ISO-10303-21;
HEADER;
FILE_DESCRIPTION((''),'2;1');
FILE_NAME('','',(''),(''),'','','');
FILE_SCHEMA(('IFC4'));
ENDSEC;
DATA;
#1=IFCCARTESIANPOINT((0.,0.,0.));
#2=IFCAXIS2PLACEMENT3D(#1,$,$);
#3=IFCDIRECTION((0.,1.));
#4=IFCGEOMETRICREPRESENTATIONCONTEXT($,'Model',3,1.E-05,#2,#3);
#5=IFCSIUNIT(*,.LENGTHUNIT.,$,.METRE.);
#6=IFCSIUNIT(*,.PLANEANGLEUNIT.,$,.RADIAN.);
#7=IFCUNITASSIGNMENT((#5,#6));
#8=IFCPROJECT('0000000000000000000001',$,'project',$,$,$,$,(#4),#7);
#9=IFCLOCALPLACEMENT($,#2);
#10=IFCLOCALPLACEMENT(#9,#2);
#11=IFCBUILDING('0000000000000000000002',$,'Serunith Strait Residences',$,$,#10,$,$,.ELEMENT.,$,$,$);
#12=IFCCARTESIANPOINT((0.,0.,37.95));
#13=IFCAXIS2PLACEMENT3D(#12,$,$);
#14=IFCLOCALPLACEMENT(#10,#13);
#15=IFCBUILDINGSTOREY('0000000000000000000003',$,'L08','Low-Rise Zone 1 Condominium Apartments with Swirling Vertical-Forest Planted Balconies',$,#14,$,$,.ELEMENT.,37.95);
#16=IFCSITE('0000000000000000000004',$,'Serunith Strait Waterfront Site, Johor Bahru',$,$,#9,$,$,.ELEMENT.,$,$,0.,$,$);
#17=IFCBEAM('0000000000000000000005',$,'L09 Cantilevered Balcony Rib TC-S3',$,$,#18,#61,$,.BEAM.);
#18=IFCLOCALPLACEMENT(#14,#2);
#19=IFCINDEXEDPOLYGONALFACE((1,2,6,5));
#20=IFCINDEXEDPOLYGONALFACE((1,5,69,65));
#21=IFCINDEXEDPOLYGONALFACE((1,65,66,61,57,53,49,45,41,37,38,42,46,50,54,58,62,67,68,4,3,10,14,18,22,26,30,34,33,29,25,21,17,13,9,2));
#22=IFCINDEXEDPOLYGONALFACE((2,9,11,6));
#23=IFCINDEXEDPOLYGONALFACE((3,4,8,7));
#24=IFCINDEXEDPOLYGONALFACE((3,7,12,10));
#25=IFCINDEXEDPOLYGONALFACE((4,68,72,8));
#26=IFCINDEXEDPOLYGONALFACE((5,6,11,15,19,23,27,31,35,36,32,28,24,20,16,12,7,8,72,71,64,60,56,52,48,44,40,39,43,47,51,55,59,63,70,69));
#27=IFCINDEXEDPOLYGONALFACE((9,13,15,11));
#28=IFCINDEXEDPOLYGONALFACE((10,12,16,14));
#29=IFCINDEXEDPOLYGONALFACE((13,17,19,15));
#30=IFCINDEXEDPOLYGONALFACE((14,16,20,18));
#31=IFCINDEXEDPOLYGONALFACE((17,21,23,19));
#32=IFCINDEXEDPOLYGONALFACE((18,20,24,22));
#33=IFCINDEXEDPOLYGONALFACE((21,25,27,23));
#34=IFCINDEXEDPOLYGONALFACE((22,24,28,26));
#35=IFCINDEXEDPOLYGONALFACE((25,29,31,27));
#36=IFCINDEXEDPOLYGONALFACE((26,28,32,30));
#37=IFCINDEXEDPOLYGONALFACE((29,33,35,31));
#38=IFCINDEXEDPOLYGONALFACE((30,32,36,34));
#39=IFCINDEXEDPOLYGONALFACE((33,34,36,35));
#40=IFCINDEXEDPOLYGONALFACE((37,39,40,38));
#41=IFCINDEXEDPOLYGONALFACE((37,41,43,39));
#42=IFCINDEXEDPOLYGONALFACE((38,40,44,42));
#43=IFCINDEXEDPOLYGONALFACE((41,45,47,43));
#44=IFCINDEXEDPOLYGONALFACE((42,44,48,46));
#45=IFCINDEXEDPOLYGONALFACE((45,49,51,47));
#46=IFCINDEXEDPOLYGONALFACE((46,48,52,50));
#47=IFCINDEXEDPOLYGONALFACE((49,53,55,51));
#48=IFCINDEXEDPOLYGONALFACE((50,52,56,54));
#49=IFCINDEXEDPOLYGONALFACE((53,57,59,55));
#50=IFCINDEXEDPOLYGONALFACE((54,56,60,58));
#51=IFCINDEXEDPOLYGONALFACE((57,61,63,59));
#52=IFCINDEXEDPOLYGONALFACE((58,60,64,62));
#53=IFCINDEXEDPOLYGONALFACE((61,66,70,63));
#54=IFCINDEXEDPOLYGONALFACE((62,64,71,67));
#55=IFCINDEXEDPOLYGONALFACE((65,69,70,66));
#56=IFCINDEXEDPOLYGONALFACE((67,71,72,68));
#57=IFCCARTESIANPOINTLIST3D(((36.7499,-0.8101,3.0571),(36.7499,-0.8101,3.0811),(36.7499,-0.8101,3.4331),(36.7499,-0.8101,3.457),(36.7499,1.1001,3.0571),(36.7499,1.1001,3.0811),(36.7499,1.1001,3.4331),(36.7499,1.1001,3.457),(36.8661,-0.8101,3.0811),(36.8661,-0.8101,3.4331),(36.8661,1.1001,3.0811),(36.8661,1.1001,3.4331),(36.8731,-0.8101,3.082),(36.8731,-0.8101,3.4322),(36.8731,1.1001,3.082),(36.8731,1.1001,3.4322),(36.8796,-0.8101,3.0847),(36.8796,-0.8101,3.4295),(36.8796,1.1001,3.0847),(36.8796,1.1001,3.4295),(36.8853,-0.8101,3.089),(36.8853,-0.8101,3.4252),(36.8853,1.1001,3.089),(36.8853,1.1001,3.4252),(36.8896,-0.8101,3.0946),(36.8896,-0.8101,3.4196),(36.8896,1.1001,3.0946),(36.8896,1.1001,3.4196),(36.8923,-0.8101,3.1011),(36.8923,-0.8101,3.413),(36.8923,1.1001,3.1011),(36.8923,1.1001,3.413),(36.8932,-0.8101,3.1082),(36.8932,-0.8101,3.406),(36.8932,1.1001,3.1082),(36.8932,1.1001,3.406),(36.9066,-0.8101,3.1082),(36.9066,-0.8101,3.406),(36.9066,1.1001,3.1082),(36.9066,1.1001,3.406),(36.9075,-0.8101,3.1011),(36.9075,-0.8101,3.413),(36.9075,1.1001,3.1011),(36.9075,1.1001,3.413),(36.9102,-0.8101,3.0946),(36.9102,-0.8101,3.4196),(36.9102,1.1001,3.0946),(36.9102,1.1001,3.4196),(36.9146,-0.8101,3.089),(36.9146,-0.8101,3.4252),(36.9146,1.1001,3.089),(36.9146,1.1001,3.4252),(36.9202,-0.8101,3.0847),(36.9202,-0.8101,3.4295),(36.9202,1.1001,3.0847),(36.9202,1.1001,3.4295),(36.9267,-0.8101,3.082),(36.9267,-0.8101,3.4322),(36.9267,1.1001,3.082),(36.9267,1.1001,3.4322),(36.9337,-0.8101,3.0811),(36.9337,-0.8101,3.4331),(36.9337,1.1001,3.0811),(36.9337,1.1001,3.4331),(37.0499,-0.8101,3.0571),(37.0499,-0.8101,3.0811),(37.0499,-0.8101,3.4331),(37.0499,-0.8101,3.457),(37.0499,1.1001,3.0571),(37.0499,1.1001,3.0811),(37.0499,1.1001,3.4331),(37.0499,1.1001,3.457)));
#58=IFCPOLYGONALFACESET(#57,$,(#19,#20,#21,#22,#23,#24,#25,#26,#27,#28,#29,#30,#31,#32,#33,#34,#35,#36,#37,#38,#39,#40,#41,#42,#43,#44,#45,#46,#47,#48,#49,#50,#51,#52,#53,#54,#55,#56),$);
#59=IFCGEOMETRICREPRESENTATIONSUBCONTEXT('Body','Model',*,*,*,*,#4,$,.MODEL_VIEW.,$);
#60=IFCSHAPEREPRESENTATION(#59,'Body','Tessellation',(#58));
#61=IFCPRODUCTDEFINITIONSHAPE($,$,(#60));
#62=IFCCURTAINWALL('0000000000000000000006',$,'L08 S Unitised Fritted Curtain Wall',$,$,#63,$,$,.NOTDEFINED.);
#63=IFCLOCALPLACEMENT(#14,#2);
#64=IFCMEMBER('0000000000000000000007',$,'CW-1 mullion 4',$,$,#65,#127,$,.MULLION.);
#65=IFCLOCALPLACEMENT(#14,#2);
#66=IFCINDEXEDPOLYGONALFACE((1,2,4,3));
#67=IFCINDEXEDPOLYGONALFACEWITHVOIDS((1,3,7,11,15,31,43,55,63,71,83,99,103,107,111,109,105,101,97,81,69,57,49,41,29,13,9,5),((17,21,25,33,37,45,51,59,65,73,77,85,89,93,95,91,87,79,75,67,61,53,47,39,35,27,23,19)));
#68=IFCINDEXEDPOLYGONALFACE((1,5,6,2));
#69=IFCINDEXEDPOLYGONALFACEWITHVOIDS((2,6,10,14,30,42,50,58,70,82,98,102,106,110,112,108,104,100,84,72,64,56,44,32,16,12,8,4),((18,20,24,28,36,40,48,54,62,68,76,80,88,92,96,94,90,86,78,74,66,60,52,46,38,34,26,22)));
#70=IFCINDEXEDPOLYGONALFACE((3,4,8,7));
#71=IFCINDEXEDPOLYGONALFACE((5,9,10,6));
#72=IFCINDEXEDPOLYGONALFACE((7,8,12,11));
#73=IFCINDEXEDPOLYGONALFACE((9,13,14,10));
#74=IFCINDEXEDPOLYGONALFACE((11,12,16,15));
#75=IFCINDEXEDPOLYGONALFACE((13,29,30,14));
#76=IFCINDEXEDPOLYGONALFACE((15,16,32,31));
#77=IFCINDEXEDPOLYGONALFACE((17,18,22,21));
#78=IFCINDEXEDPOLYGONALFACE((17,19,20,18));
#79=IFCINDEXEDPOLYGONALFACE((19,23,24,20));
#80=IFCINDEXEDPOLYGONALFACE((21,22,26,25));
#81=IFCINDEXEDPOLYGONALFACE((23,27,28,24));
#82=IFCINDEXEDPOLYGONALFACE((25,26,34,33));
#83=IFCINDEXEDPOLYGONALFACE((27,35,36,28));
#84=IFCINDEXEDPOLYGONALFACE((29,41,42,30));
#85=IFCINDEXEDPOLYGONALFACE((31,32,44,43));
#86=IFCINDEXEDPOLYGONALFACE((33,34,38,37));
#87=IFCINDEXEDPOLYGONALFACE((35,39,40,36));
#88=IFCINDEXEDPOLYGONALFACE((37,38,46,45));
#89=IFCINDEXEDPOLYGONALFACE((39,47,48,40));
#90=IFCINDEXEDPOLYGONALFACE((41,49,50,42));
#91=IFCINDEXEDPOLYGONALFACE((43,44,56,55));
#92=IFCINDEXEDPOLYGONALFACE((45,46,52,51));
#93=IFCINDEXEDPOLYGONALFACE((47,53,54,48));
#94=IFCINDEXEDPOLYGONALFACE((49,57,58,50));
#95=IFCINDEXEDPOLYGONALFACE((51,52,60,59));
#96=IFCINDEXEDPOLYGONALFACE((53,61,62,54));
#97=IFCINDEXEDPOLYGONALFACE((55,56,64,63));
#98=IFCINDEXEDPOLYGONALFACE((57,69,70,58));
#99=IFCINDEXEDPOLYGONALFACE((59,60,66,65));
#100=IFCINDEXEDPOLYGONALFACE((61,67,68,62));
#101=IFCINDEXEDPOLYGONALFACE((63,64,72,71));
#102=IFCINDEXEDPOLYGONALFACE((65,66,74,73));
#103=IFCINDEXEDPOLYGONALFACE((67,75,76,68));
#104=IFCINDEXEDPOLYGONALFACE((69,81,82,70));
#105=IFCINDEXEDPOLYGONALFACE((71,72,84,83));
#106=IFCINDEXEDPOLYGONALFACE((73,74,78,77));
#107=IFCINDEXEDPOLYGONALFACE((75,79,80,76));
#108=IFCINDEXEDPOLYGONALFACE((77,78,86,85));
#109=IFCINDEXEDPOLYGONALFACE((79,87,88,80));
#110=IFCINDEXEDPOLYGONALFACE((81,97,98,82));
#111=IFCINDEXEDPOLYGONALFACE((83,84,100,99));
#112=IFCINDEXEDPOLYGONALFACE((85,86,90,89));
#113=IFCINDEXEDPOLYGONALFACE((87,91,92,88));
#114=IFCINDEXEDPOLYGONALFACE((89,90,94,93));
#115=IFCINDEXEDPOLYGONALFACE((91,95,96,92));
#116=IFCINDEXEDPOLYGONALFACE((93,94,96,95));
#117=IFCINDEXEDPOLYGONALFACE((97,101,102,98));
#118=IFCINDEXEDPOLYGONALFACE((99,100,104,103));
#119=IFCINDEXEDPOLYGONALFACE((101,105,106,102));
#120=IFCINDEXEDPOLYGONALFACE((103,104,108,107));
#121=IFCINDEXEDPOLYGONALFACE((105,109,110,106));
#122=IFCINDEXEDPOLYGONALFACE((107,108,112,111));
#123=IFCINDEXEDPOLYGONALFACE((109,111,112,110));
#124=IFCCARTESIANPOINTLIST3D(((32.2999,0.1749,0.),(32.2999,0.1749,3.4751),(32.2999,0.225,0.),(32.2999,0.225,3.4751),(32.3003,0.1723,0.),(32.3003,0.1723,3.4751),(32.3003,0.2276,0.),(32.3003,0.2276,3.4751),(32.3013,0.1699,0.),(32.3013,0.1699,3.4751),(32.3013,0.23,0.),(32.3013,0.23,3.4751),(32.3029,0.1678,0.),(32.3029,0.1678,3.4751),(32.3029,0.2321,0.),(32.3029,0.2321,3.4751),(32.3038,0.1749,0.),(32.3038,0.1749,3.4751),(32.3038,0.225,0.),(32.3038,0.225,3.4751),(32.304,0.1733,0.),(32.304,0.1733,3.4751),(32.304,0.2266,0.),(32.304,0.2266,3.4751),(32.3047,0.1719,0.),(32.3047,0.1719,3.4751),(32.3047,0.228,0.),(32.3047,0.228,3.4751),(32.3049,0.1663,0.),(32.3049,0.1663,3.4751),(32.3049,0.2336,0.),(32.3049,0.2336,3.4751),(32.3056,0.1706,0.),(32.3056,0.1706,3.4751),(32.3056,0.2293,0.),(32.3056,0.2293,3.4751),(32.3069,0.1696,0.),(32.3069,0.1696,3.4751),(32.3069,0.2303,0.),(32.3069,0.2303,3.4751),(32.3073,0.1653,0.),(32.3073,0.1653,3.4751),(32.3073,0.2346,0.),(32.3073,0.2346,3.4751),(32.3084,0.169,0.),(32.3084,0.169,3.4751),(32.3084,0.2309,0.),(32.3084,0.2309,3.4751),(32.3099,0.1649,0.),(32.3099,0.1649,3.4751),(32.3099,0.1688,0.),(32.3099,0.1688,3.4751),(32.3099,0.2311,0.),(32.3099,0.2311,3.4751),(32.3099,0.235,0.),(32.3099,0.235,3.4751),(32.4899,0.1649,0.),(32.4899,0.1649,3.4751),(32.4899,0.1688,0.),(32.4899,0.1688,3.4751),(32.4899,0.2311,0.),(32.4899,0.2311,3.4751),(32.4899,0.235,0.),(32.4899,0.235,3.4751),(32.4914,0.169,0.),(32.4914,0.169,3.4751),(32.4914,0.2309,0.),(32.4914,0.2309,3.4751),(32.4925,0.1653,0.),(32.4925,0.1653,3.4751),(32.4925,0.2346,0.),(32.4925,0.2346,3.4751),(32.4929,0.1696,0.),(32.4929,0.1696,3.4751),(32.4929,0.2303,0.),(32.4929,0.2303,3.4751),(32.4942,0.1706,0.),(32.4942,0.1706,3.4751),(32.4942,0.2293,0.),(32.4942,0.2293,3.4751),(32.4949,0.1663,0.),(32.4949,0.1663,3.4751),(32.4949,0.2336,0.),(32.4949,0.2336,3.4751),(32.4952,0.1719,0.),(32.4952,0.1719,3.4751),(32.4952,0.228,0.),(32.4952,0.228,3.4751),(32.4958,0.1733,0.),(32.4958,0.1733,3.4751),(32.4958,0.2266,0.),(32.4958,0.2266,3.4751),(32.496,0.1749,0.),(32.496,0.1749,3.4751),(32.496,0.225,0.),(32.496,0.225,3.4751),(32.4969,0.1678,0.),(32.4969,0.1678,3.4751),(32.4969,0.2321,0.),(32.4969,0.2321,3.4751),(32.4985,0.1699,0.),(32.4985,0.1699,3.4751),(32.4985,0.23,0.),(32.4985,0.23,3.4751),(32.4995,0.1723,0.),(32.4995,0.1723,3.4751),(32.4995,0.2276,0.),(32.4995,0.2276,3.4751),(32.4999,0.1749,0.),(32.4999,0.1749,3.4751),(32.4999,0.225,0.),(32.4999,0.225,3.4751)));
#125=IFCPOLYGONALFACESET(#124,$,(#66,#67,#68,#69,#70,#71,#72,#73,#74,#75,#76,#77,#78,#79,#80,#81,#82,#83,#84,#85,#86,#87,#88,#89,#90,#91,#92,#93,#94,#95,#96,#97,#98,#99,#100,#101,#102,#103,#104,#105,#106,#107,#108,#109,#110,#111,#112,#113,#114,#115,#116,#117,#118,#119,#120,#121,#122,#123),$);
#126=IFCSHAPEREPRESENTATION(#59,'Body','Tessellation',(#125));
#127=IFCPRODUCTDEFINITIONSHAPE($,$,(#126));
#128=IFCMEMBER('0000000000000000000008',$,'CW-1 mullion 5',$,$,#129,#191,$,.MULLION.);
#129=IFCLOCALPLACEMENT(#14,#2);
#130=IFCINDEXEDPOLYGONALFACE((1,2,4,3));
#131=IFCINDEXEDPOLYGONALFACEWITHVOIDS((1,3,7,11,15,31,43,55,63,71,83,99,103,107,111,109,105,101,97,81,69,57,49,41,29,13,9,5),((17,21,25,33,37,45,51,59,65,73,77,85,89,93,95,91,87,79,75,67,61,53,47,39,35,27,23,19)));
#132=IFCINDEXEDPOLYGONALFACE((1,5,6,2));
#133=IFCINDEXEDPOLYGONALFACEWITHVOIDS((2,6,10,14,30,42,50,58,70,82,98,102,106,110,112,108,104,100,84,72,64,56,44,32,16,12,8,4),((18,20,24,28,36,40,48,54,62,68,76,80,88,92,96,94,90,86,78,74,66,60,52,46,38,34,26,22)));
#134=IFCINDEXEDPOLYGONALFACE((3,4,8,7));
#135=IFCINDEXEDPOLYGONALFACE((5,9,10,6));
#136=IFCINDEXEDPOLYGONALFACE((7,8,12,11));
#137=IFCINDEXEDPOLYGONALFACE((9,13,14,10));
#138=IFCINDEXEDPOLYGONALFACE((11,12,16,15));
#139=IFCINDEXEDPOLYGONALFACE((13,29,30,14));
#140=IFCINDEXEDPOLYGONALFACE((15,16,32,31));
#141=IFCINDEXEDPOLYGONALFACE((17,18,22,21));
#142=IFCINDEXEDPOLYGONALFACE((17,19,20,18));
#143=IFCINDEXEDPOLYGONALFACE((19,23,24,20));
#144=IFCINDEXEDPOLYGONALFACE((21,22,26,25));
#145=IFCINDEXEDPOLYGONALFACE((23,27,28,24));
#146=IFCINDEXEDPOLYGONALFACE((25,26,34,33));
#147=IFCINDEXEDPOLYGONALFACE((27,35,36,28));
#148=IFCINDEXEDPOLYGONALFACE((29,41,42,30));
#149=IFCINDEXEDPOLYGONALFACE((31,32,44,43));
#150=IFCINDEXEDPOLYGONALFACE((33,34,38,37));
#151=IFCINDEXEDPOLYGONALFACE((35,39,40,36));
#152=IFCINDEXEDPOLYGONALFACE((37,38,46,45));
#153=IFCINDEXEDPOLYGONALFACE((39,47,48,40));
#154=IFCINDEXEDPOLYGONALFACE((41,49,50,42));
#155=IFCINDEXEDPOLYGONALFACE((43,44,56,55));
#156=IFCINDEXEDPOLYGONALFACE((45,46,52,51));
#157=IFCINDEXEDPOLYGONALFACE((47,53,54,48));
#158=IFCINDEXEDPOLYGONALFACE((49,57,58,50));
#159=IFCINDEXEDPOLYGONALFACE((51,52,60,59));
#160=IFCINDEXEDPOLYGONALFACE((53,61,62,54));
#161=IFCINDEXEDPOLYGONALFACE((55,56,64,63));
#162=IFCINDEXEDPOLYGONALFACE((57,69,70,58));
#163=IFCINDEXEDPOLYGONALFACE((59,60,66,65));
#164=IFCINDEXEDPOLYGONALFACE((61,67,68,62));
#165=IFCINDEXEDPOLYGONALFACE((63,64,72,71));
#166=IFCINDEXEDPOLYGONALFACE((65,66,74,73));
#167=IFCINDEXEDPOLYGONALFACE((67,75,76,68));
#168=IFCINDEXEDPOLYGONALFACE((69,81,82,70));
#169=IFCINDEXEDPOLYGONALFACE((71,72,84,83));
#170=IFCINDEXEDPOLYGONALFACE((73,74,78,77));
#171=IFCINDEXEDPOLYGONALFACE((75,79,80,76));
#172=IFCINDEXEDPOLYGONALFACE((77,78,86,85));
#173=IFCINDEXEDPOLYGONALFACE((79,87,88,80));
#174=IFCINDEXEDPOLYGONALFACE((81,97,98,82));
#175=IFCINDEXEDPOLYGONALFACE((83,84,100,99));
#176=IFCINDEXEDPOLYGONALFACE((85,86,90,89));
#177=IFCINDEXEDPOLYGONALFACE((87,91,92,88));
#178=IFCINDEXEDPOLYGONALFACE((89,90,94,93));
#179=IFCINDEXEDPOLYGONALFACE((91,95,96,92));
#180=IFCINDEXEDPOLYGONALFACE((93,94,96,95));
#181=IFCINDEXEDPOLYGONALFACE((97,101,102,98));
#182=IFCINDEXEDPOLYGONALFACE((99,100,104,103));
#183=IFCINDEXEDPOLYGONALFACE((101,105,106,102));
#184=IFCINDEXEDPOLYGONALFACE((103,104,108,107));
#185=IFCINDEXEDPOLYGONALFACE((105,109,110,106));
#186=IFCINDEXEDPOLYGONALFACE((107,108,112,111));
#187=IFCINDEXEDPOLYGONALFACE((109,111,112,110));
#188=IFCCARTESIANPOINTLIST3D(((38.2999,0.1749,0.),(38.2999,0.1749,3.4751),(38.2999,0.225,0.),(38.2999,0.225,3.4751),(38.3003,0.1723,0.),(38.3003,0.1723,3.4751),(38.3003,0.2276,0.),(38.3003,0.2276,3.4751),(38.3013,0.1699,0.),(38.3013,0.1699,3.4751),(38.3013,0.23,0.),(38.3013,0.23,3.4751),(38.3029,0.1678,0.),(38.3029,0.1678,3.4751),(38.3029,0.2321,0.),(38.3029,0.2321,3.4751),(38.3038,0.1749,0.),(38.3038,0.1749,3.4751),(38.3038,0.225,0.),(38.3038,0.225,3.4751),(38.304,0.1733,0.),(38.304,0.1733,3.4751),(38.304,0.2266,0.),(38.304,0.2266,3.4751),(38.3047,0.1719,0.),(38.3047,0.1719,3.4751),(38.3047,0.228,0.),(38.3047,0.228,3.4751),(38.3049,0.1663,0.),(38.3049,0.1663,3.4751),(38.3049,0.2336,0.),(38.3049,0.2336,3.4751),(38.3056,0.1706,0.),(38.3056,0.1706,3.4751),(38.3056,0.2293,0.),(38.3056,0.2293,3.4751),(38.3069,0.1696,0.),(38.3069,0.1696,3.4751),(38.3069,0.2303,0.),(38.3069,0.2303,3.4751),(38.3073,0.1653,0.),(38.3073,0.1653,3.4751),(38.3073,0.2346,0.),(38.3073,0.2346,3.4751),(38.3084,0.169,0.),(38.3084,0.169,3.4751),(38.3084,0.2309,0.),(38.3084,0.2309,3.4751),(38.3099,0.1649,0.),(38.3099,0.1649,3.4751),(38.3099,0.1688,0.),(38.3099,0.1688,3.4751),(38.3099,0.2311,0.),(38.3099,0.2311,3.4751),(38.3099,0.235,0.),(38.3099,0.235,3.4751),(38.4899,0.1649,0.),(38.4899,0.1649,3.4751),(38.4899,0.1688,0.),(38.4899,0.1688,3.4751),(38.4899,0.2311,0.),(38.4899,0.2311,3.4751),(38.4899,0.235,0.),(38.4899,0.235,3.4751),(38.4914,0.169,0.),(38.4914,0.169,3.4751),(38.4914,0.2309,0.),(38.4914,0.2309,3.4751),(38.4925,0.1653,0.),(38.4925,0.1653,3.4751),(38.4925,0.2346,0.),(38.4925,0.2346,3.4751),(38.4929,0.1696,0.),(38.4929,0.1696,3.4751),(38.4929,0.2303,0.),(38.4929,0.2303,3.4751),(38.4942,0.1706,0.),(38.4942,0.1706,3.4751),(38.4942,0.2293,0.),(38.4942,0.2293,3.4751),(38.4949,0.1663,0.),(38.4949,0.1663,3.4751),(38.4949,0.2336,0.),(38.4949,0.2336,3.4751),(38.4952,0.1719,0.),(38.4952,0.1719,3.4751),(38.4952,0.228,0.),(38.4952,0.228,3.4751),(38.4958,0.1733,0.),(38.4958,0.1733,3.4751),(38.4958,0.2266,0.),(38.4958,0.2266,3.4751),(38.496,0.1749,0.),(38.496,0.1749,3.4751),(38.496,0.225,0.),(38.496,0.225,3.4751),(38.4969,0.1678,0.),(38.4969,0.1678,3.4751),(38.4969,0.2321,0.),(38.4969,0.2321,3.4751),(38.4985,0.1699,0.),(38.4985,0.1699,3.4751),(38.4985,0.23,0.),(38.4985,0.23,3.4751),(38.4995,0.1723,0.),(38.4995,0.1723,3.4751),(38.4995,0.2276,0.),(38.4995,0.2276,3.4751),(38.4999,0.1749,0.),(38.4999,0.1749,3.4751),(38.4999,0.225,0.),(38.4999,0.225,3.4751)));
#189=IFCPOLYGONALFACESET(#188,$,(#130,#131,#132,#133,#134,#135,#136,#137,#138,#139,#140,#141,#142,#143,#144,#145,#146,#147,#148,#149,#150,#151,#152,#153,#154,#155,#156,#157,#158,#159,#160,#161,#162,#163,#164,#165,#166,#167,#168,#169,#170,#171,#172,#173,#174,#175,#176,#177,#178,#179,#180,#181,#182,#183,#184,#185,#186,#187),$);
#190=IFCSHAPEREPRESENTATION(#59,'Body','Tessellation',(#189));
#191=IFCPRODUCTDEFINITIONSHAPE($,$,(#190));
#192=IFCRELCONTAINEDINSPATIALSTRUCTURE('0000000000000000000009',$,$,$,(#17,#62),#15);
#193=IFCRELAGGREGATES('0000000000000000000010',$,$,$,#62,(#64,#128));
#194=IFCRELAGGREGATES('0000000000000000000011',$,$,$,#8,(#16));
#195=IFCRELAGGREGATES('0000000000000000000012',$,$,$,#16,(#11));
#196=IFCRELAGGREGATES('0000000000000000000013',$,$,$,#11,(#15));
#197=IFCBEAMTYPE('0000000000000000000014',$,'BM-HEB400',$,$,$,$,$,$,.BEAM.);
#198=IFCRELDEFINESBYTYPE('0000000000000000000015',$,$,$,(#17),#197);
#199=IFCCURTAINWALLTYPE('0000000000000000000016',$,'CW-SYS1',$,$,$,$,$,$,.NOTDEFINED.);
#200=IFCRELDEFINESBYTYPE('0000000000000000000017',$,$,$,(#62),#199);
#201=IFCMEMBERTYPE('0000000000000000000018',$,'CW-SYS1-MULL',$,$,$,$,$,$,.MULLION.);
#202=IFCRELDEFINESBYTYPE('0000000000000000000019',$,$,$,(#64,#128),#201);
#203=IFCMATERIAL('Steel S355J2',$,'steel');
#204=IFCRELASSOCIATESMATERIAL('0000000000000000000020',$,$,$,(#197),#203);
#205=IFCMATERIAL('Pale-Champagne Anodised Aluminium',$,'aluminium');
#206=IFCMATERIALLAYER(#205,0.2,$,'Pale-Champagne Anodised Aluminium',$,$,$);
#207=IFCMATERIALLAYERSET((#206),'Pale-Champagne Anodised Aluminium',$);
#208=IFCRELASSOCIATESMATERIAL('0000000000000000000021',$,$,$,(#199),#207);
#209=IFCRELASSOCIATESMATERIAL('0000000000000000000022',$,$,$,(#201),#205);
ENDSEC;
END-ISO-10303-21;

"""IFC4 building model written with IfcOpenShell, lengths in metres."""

from ifc_helpers import new_model, si_unit, direction, frame, origin, origin_2d, place, context, subcontext, project, spatial, hollow_rectangle, i_section, extrude, source, transform, mapped, material, layer, layer_set, material_profile, profile_set, type_object, element, aggregate, save


model = new_model("IFC4")

# Units and contexts
model_context = context("Model", 3, precision=1e-05, world=origin(), true_north=direction((0.0, 1.0)))
body_context = subcontext(model_context, "Body", "Model", "MODEL_VIEW")
ifc_project = project(units=[si_unit("LENGTHUNIT", "METRE"), si_unit("PLANEANGLEUNIT", "RADIAN")], contexts=[model_context])

# Site, building, storey
site_placement = place(None, origin())
site = spatial("IfcSite", under=ifc_project, at=site_placement, Name="Serunith Strait Waterfront Site, Johor Bahru", CompositionType="ELEMENT", RefElevation=0.0)
building_placement = place(site_placement, origin())
building = spatial("IfcBuilding", under=site, at=building_placement, Name="Serunith Strait Residences", CompositionType="ELEMENT")
storey_placement = place(building_placement, frame((0.0, 0.0, 37.95)))
storey = spatial("IfcBuildingStorey", under=building, at=storey_placement, Name="L08", Description="Low-Rise Zone 1 Condominium Apartments with Swirling Vertical-Forest Planted Balconies", CompositionType="ELEMENT", Elevation=37.95)

# Beam
ifc_material_1 = material(Name="Steel S355J2", Category="steel")
ifc_material_profile_1 = material_profile(ifc_material_1, i_section(OverallWidth=0.3, OverallDepth=0.3999, WebThickness=0.0134, FlangeThickness=0.0239, FilletRadius=0.0271, at=origin_2d()), Name="HEB 400")
ifc_profile_set_1 = profile_set([ifc_material_profile_1], Name="Steel S355J2")
beam_type_1 = type_object("IfcBeamType", Name="BM-HEB400", PredefinedType="BEAM", material=ifc_profile_set_1)
shared_shape_1 = source(origin(), body_context, "Body", "SweptSolid", [
    extrude(i_section(OverallWidth=0.3, OverallDepth=0.3999, WebThickness=0.0134, FlangeThickness=0.0239, FilletRadius=0.0271, at=origin_2d()), origin(), (0.0, 0.0, 1.0), 1.9102),
])
beam_1_placement = place(storey_placement, frame((36.8999, 1.1001, 3.2571), z_axis=(0.0, -1.0, 0.0), x_axis=(1.0, 0.0, 0.0)))
element("IfcBeam", 1, at=beam_1_placement, inside=storey, type_object=beam_type_1, Name="L09 Cantilevered Balcony Rib TC-S3", PredefinedType="BEAM", context=body_context, shape_type="MappedRepresentation", body=[
    mapped(shared_shape_1, transform((0.0, 0.0, 0.0), scale=1.0)),
])

# Curtain wall, members
ifc_material_2 = material(Name="Pale-Champagne Anodised Aluminium", Category="aluminium")
ifc_layer_1 = layer(ifc_material_2, 0.2, Name="Pale-Champagne Anodised Aluminium")
ifc_layer_set_1 = layer_set([ifc_layer_1], Name="Pale-Champagne Anodised Aluminium")
curtain_wall_type = type_object("IfcCurtainWallType", Name="CW-SYS1", PredefinedType="NOTDEFINED", material=ifc_layer_set_1)
curtain_wall_placement = place(storey_placement, origin())
curtain_wall = element("IfcCurtainWall", 2, at=curtain_wall_placement, inside=storey, type_object=curtain_wall_type, Name="L08 S Unitised Fritted Curtain Wall", PredefinedType="NOTDEFINED")
ifc_material_profile_2 = material_profile(ifc_material_2, hollow_rectangle(XDim=0.0701, YDim=0.2, WallThickness=0.0039, InnerFilletRadius=0.0061, OuterFilletRadius=0.01, at=origin_2d()), Name="ALU 200x70x4")
ifc_profile_set_2 = profile_set([ifc_material_profile_2], Name="Pale-Champagne Anodised Aluminium")
member_type_1 = type_object("IfcMemberType", Name="CW-SYS1-MULL", PredefinedType="MULLION", material=ifc_profile_set_2)
shared_shape_2 = source(origin(), body_context, "Body", "SweptSolid", [
    extrude(hollow_rectangle(XDim=0.0701, YDim=0.2, WallThickness=0.0039, InnerFilletRadius=0.0061, OuterFilletRadius=0.01, at=origin_2d()), origin(), (0.0, 0.0, 1.0), 3.4751),
])
member_1_placement = place(storey_placement, frame((32.3999, 0.2, 0.0), z_axis=(0.0, 0.0, 1.0), x_axis=(0.0, 1.0, 0.0)))
member_1 = element("IfcMember", 3, at=member_1_placement, type_object=member_type_1, Name="CW-1 mullion 4", PredefinedType="MULLION", context=body_context, shape_type="MappedRepresentation", body=[
    mapped(shared_shape_2, transform((0.0, 0.0, 0.0), scale=1.0)),
])
member_2_placement = place(storey_placement, frame((38.3999, 0.2, 0.0), z_axis=(0.0, 0.0, 1.0), x_axis=(0.0, 1.0, 0.0)))
member_2 = element("IfcMember", 4, at=member_2_placement, type_object=member_type_1, Name="CW-1 mullion 5", PredefinedType="MULLION", context=body_context, shape_type="MappedRepresentation", body=[
    mapped(shared_shape_2, transform((0.0, 0.0, 0.0), scale=1.0)),
])
aggregate(curtain_wall, [member_1, member_2])

save(model, "model.ifc")
